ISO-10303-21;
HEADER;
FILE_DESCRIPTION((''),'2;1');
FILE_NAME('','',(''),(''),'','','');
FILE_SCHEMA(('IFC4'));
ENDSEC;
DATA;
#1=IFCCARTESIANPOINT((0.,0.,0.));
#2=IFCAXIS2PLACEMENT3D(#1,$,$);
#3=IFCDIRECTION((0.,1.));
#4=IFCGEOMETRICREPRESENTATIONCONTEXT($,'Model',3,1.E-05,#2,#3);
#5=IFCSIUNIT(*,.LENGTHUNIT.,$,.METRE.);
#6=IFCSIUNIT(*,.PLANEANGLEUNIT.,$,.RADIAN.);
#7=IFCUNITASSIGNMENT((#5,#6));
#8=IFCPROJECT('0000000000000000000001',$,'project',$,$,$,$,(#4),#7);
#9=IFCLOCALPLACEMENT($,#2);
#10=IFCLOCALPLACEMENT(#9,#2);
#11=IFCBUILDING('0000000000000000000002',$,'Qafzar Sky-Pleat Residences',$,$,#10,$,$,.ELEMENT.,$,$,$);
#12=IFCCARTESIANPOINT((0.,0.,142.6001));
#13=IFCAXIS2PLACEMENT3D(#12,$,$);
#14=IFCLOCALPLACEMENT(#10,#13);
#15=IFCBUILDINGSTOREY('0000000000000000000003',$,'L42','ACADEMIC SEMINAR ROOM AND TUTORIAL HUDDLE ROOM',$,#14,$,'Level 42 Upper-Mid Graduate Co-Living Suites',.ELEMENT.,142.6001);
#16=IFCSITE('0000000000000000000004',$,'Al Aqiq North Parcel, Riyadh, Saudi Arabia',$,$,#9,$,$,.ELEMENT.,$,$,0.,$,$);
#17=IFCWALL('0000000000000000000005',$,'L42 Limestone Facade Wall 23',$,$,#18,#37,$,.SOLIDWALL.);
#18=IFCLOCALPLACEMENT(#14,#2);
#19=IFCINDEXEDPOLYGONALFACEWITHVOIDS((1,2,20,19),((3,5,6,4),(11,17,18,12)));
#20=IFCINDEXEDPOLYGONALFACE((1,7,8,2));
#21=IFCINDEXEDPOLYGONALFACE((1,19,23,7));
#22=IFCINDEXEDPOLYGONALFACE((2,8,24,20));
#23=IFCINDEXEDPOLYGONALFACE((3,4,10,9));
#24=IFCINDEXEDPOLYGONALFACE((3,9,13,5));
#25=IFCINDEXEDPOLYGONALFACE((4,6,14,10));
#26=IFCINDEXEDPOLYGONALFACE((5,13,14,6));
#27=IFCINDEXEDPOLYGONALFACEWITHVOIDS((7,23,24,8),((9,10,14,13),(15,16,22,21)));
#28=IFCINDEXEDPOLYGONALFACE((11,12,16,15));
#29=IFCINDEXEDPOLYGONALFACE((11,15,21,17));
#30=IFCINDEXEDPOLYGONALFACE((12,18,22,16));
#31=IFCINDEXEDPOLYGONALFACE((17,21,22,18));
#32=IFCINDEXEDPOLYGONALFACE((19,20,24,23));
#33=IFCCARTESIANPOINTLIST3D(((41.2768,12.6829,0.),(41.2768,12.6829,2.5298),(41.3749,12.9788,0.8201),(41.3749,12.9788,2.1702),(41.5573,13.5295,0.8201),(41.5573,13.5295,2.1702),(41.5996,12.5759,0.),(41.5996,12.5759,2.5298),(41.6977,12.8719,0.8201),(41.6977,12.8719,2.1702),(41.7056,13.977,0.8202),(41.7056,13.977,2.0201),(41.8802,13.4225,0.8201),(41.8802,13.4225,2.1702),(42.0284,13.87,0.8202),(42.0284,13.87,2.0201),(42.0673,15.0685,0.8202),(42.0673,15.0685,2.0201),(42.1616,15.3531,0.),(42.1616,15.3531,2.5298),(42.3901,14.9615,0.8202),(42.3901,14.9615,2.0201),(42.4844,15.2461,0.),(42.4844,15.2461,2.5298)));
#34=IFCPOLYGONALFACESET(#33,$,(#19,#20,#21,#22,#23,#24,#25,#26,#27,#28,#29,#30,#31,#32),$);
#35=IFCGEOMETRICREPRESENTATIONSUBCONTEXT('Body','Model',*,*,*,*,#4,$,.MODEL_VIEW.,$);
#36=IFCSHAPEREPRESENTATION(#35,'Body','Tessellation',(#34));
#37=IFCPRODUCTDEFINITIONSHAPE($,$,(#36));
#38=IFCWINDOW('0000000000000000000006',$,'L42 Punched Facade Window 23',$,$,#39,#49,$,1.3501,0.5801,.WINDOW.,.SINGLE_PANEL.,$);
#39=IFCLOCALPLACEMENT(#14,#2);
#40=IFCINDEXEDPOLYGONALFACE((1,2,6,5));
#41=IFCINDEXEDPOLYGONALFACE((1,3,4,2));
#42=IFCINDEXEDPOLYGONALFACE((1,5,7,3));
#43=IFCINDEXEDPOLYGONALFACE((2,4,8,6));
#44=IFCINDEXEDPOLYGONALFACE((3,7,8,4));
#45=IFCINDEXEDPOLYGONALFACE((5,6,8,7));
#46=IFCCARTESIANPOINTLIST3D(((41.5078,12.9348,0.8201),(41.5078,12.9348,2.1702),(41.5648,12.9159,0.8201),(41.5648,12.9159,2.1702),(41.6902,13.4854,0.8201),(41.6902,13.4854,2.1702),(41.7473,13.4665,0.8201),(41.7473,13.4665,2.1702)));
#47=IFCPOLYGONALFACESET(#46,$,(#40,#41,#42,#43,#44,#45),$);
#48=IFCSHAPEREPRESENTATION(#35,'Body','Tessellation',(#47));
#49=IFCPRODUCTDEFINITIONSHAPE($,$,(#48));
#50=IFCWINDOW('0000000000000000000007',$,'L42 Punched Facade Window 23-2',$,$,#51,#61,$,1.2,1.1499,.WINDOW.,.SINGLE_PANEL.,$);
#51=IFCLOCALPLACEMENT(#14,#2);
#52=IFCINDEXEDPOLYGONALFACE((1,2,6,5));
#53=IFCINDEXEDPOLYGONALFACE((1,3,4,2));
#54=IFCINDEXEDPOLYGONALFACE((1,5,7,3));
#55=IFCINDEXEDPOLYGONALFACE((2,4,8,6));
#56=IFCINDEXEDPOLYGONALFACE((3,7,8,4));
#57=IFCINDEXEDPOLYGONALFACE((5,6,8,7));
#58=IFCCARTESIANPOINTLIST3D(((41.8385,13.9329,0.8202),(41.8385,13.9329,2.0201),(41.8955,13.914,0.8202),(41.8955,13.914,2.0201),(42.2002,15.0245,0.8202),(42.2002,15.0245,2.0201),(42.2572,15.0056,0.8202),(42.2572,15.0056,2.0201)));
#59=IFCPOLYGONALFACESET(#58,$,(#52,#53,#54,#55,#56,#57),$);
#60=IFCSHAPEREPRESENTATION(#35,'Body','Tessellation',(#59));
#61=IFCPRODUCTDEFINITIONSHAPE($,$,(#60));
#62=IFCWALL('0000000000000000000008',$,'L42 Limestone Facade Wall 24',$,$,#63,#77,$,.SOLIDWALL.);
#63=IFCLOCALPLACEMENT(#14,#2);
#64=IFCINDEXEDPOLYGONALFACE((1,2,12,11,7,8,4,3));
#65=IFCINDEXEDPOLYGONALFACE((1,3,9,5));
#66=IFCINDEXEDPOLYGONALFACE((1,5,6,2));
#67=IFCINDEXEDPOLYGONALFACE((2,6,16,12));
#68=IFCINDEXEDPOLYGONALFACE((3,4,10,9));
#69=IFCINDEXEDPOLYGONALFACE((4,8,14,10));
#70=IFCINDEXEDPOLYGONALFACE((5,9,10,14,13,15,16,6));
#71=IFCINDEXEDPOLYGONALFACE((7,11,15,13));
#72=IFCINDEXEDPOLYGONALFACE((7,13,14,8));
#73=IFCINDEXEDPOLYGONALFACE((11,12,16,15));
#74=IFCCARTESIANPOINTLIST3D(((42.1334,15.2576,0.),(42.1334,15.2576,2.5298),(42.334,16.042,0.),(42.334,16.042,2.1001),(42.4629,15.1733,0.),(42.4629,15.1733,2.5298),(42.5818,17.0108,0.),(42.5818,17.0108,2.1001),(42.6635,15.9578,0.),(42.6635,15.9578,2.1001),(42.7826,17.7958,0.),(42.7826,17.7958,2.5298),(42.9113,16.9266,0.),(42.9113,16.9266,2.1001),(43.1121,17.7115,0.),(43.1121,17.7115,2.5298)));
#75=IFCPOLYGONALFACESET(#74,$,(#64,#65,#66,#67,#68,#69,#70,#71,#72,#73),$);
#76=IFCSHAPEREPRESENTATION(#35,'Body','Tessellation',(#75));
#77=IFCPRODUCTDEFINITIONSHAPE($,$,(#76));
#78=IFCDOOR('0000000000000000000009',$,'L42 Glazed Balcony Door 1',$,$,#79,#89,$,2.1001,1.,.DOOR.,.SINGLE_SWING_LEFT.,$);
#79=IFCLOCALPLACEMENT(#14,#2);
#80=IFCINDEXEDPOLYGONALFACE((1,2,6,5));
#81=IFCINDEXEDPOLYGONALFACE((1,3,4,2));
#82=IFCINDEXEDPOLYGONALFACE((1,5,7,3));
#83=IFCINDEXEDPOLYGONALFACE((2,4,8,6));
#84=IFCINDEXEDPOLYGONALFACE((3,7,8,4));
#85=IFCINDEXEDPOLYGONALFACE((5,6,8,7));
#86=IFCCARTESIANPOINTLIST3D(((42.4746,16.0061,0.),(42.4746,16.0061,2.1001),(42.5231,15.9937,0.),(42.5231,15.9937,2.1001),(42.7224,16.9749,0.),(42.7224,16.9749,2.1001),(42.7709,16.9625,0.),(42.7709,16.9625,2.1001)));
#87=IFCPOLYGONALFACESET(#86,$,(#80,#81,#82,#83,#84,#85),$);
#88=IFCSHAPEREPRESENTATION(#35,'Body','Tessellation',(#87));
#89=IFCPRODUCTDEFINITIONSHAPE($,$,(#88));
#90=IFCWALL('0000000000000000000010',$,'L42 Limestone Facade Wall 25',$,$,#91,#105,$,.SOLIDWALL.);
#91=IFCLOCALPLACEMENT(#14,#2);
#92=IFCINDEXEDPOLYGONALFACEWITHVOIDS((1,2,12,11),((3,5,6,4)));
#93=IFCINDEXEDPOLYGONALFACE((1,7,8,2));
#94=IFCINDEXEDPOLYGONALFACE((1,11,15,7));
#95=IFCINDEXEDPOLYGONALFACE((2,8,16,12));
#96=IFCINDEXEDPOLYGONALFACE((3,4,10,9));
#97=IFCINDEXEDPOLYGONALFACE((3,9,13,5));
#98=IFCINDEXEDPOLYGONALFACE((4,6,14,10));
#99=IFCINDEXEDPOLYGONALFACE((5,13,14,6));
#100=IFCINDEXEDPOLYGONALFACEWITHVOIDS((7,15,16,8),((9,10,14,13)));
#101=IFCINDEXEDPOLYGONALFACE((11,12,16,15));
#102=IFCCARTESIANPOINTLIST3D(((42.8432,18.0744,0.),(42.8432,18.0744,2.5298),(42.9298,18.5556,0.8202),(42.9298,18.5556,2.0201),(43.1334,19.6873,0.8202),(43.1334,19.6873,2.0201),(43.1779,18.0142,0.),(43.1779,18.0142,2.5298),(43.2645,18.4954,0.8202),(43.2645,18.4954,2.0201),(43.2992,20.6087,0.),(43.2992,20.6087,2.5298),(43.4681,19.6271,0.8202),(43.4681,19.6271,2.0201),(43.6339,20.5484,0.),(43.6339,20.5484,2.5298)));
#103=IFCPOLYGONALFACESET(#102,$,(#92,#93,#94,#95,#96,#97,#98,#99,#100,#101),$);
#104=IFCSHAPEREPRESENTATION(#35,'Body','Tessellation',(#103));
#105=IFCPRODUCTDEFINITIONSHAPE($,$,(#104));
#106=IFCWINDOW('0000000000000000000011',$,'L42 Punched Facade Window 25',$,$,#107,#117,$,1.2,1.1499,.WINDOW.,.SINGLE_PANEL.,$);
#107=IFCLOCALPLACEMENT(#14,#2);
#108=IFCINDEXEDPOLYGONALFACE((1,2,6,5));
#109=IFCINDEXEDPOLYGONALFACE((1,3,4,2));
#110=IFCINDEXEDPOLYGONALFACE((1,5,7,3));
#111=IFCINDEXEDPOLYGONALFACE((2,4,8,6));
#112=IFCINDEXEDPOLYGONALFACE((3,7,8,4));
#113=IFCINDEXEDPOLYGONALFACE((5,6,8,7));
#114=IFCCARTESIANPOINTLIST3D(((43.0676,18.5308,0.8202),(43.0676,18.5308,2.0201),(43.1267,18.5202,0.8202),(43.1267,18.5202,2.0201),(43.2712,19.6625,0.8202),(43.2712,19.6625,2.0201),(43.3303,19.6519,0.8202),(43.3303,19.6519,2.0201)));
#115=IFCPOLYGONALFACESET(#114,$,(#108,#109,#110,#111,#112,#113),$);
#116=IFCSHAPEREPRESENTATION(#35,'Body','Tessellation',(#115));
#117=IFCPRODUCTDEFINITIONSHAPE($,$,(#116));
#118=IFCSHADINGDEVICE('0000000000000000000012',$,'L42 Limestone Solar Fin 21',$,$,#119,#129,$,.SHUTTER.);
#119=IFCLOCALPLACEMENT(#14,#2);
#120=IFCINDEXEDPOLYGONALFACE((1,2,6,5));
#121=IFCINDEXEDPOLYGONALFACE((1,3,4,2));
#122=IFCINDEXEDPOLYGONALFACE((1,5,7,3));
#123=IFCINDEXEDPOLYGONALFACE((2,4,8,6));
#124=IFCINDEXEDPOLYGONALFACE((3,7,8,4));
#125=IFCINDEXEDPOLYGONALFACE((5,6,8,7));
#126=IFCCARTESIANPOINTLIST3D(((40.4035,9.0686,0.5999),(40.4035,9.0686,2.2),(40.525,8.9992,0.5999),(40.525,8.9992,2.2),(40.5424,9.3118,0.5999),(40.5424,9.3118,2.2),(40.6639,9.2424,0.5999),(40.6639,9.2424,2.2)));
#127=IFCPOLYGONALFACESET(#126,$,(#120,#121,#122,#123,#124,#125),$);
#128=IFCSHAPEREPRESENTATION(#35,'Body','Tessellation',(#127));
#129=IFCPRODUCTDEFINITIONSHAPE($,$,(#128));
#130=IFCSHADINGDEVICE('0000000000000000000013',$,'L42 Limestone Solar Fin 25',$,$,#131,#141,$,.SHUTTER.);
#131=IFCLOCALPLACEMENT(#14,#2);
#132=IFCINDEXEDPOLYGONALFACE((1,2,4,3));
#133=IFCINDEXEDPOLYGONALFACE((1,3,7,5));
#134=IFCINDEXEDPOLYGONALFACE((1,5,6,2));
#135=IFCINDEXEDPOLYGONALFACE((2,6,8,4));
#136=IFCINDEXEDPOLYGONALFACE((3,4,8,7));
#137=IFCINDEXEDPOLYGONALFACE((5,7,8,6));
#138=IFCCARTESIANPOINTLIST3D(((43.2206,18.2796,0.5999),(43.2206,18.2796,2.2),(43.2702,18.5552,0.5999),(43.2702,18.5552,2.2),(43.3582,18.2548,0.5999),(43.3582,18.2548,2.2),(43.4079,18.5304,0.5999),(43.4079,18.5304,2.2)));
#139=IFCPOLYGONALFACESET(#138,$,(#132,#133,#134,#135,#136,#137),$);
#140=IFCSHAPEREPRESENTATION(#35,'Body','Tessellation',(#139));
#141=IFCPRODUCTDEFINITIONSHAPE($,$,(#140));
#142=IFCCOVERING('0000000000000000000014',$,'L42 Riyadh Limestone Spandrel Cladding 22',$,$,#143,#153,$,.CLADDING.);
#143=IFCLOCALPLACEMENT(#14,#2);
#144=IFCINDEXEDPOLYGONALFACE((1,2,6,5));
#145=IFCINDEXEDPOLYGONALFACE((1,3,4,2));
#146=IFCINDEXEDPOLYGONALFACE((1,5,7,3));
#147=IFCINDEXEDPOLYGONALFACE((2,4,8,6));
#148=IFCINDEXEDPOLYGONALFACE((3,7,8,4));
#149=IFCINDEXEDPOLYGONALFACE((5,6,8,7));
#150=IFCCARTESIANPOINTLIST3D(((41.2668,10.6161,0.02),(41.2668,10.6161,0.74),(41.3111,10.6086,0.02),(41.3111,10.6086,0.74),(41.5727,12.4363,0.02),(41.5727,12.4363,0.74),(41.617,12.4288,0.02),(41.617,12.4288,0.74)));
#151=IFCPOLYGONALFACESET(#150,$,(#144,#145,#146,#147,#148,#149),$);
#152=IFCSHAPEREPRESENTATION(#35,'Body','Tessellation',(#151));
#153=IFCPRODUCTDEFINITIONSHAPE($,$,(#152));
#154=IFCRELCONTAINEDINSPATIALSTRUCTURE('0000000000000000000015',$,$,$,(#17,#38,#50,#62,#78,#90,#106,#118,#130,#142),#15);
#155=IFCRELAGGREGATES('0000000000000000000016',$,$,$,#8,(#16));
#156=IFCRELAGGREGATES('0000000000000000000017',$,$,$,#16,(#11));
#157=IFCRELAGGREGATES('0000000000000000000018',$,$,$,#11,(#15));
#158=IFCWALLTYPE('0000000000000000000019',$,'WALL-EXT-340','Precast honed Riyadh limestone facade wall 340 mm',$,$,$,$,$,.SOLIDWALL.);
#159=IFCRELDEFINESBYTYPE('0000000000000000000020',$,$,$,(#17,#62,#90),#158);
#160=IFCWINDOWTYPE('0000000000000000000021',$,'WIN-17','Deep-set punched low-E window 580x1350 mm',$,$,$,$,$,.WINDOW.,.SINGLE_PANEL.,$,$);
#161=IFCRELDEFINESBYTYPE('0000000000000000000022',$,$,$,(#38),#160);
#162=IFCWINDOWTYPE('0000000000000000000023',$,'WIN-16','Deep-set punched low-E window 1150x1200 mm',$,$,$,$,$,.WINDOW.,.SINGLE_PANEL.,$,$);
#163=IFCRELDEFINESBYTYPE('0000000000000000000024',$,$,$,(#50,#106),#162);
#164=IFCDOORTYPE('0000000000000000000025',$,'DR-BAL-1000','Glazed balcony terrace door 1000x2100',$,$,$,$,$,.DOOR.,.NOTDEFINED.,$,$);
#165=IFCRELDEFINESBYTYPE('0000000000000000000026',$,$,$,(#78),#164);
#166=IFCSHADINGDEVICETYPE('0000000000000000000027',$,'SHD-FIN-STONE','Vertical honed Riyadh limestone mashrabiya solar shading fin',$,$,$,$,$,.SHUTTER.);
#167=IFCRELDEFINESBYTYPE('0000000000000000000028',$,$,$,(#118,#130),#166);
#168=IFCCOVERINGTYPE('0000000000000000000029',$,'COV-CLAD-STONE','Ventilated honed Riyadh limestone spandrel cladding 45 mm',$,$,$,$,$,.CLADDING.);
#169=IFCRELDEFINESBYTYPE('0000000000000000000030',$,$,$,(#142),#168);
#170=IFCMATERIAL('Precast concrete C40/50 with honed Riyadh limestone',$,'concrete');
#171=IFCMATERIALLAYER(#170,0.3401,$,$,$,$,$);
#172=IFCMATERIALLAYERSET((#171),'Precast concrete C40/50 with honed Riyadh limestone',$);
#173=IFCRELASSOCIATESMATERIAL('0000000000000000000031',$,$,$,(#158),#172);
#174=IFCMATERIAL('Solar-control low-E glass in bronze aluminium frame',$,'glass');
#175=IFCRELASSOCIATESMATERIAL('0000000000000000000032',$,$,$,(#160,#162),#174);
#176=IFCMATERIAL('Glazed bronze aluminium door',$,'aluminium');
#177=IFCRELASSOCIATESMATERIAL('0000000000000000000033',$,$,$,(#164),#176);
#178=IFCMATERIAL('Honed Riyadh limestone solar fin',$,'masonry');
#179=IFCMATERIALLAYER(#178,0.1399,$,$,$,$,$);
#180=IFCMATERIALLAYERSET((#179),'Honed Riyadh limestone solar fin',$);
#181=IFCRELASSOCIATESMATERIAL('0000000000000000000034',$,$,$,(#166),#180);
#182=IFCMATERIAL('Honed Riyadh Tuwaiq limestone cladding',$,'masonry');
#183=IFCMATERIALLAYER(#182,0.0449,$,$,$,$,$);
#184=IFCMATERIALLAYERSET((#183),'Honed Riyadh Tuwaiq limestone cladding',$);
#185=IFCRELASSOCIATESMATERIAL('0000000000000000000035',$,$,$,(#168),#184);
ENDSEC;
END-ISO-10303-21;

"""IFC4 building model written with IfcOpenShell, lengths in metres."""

from ifc_helpers import new_model, si_unit, direction, frame, frame_2d, origin, origin_2d, place, context, subcontext, project, spatial, rectangle, extrude, source, transform, mapped, material, layer, layer_set, type_object, element, fill, save


model = new_model("IFC4")

# Units and contexts
model_context = context("Model", 3, precision=1e-05, world=origin(), true_north=direction((0.0, 1.0)))
body_context = subcontext(model_context, "Body", "Model", "MODEL_VIEW")
ifc_project = project(units=[si_unit("LENGTHUNIT", "METRE"), si_unit("PLANEANGLEUNIT", "RADIAN")], contexts=[model_context])

# Site, building, storey
site_placement = place(None, origin())
site = spatial("IfcSite", under=ifc_project, at=site_placement, Name="Al Aqiq North Parcel, Riyadh, Saudi Arabia", CompositionType="ELEMENT", RefElevation=0.0)
building_placement = place(site_placement, origin())
building = spatial("IfcBuilding", under=site, at=building_placement, Name="Qafzar Sky-Pleat Residences", CompositionType="ELEMENT")
storey_placement = place(building_placement, frame((0.0, 0.0, 142.6001)))
storey = spatial("IfcBuildingStorey", under=building, at=storey_placement, Name="L42", Description="ACADEMIC SEMINAR ROOM AND TUTORIAL HUDDLE ROOM", LongName="Level 42 Upper-Mid Graduate Co-Living Suites", CompositionType="ELEMENT", Elevation=142.6001)

# Shared definitions
ifc_material_1 = material(Name="Precast concrete C40/50 with honed Riyadh limestone", Category="concrete")
ifc_layer_1 = layer(ifc_material_1, 0.3401)
ifc_layer_set_1 = layer_set([ifc_layer_1], Name="Precast concrete C40/50 with honed Riyadh limestone")
wall_type = type_object("IfcWallType", Name="WALL-EXT-340", Description="Precast honed Riyadh limestone facade wall 340 mm", PredefinedType="SOLIDWALL", material=ifc_layer_set_1)
ifc_material_2 = material(Name="Solar-control low-E glass in bronze aluminium frame", Category="glass")

# Wall, openings, windows
wall_1_placement = place(storey_placement, frame((41.4382, 12.6294, 0.0), z_axis=(0.0, 0.0, 1.0), x_axis=(0.314535, 0.949246, 0.0)))
wall_1 = element("IfcWall", 1, at=wall_1_placement, inside=storey, type_object=wall_type, Name="L42 Limestone Facade Wall 23", PredefinedType="SOLIDWALL", context=body_context, shape_type="SweptSolid", body=[
    extrude(rectangle(XDim=2.813, YDim=0.3401, at=frame_2d((1.4065, 0.0))), origin(), (0.0, 0.0, 1.0), 2.5298),
])
opening_1_placement = place(wall_1_placement, frame((0.3118, 0.0, 0.8201)))
opening_1 = element("IfcOpeningElement", 2, at=opening_1_placement, cuts=wall_1, PredefinedType="OPENING", context=body_context, shape_type="SweptSolid", body=[
    extrude(rectangle(XDim=0.5801, YDim=1.3501, at=frame_2d((0.29, 0.675))), frame((0.0, 0.1802, 0.0), z_axis=(0.0, -1.0, 0.0), x_axis=(1.0, 0.0, 0.0)), (0.0, 0.0, 1.0), 0.3601),
])
opening_2_placement = place(wall_1_placement, frame((1.3633, 0.0, 0.8201)))
opening_2 = element("IfcOpeningElement", 3, at=opening_2_placement, cuts=wall_1, PredefinedType="OPENING", context=body_context, shape_type="SweptSolid", body=[
    extrude(rectangle(XDim=1.1499, YDim=1.2, at=frame_2d((0.575, 0.6001))), frame((0.0, 0.1802, 0.0), z_axis=(0.0, -1.0, 0.0), x_axis=(1.0, 0.0, 0.0)), (0.0, 0.0, 1.0), 0.3601),
])
window_type_1 = type_object("IfcWindowType", Name="WIN-17", Description="Deep-set punched low-E window 580x1350 mm", PartitioningType="SINGLE_PANEL", PredefinedType="WINDOW", material=ifc_material_2)
shared_shape_1 = source(origin(), body_context, "Body", "SweptSolid", [
    extrude(rectangle(XDim=0.5801, YDim=1.3501, at=frame_2d((0.29, 0.675))), frame((0.0, 0.03, 0.0), z_axis=(0.0, -1.0, 0.0), x_axis=(1.0, 0.0, 0.0)), (0.0, 0.0, 1.0), 0.0601),
])
window_1_placement = place(opening_1_placement, origin())
window_1 = element("IfcWindow", 4, at=window_1_placement, inside=storey, type_object=window_type_1, Name="L42 Punched Facade Window 23", OverallHeight=1.3501, OverallWidth=0.5801, PartitioningType="SINGLE_PANEL", PredefinedType="WINDOW", context=body_context, shape_type="MappedRepresentation", body=[
    mapped(shared_shape_1, transform((0.0, 0.0, 0.0), x_axis=(1.0, 0.0, 0.0), y_axis=(0.0, 1.0, 0.0), z_axis=(0.0, 0.0, 1.0), scale=1.0)),
])
fill(opening_1, window_1)
window_type_2 = type_object("IfcWindowType", Name="WIN-16", Description="Deep-set punched low-E window 1150x1200 mm", PartitioningType="SINGLE_PANEL", PredefinedType="WINDOW", material=ifc_material_2)
shared_shape_2 = source(origin(), body_context, "Body", "SweptSolid", [
    extrude(rectangle(XDim=1.1499, YDim=1.2, at=frame_2d((0.575, 0.6001))), frame((0.0, 0.03, 0.0), z_axis=(0.0, -1.0, 0.0), x_axis=(1.0, 0.0, 0.0)), (0.0, 0.0, 1.0), 0.0601),
])
window_2_placement = place(opening_2_placement, origin())
window_2 = element("IfcWindow", 5, at=window_2_placement, inside=storey, type_object=window_type_2, Name="L42 Punched Facade Window 23-2", OverallHeight=1.2, OverallWidth=1.1499, PartitioningType="SINGLE_PANEL", PredefinedType="WINDOW", context=body_context, shape_type="MappedRepresentation", body=[
    mapped(shared_shape_2, transform((0.0, 0.0, 0.0), x_axis=(1.0, 0.0, 0.0), y_axis=(0.0, 1.0, 0.0), z_axis=(0.0, 0.0, 1.0), scale=1.0)),
])
fill(opening_2, window_2)

# Wall, opening, door
wall_2_placement = place(storey_placement, frame((42.2981, 15.2153, 0.0), z_axis=(0.0, 0.0, 1.0), x_axis=(0.247795, 0.968813, 0.0)))
wall_2 = element("IfcWall", 6, at=wall_2_placement, inside=storey, type_object=wall_type, Name="L42 Limestone Facade Wall 24", PredefinedType="SOLIDWALL", context=body_context, shape_type="SweptSolid", body=[
    extrude(rectangle(XDim=2.6199, YDim=0.3401, at=frame_2d((1.3101, 0.0))), origin(), (0.0, 0.0, 1.0), 2.5298),
])
opening_3_placement = place(wall_2_placement, frame((0.8098, 0.0, 0.0)))
opening_3 = element("IfcOpeningElement", 7, at=opening_3_placement, cuts=wall_2, PredefinedType="OPENING", context=body_context, shape_type="SweptSolid", body=[
    extrude(rectangle(XDim=1.0, YDim=2.1001, at=frame_2d((0.5, 1.05))), frame((0.0, 0.1802, 0.0), z_axis=(0.0, -1.0, 0.0), x_axis=(1.0, 0.0, 0.0)), (0.0, 0.0, 1.0), 0.3601),
])
ifc_material_3 = material(Name="Glazed bronze aluminium door", Category="aluminium")
door_type = type_object("IfcDoorType", Name="DR-BAL-1000", Description="Glazed balcony terrace door 1000x2100", OperationType="NOTDEFINED", PredefinedType="DOOR", material=ifc_material_3)
shared_shape_3 = source(origin(), body_context, "Body", "SweptSolid", [
    extrude(rectangle(XDim=1.0, YDim=2.1001, at=frame_2d((0.5, 1.05))), frame((0.0, 0.0249, 0.0), z_axis=(0.0, -1.0, 0.0), x_axis=(1.0, 0.0, 0.0)), (0.0, 0.0, 1.0), 0.05),
])
door_placement = place(opening_3_placement, origin())
door = element("IfcDoor", 8, at=door_placement, inside=storey, type_object=door_type, Name="L42 Glazed Balcony Door 1", OperationType="SINGLE_SWING_LEFT", OverallHeight=2.1001, OverallWidth=1.0, PredefinedType="DOOR", context=body_context, shape_type="MappedRepresentation", body=[
    mapped(shared_shape_3, transform((0.0, 0.0, 0.0), x_axis=(1.0, 0.0, 0.0), y_axis=(0.0, 1.0, 0.0), z_axis=(0.0, 0.0, 1.0), scale=1.0)),
])
fill(opening_3, door)

# Wall, opening, window
wall_3_placement = place(storey_placement, frame((43.0105, 18.0442, 0.0), z_axis=(0.0, 0.0, 1.0), x_axis=(0.177116, 0.98419, 0.0)))
wall_3 = element("IfcWall", 9, at=wall_3_placement, inside=storey, type_object=wall_type, Name="L42 Limestone Facade Wall 25", PredefinedType="SOLIDWALL", context=body_context, shape_type="SweptSolid", body=[
    extrude(rectangle(XDim=2.575, YDim=0.3401, at=frame_2d((1.2876, 0.0))), origin(), (0.0, 0.0, 1.0), 2.5298),
])
opening_4_placement = place(wall_3_placement, frame((0.489, 0.0, 0.8201)))
opening_4 = element("IfcOpeningElement", 10, at=opening_4_placement, cuts=wall_3, PredefinedType="OPENING", context=body_context, shape_type="SweptSolid", body=[
    extrude(rectangle(XDim=1.1499, YDim=1.2, at=frame_2d((0.575, 0.6001))), frame((0.0, 0.1802, 0.0), z_axis=(0.0, -1.0, 0.0), x_axis=(1.0, 0.0, 0.0)), (0.0, 0.0, 1.0), 0.3601),
])
window_3_placement = place(opening_4_placement, origin())
window_3 = element("IfcWindow", 11, at=window_3_placement, inside=storey, type_object=window_type_2, Name="L42 Punched Facade Window 25", OverallHeight=1.2, OverallWidth=1.1499, PartitioningType="SINGLE_PANEL", PredefinedType="WINDOW", context=body_context, shape_type="MappedRepresentation", body=[
    mapped(shared_shape_2, transform((0.0, 0.0, 0.0), x_axis=(1.0, 0.0, 0.0), y_axis=(0.0, 1.0, 0.0), z_axis=(0.0, 0.0, 1.0), scale=1.0)),
])
fill(opening_4, window_3)

# Shading devices
ifc_material_4 = material(Name="Honed Riyadh limestone solar fin", Category="masonry")
ifc_layer_2 = layer(ifc_material_4, 0.1399)
ifc_layer_set_2 = layer_set([ifc_layer_2], Name="Honed Riyadh limestone solar fin")
shading_device_type = type_object("IfcShadingDeviceType", Name="SHD-FIN-STONE", Description="Vertical honed Riyadh limestone mashrabiya solar shading fin", PredefinedType="SHUTTER", material=ifc_layer_set_2)
shared_shape_4 = source(origin(), body_context, "Body", "SweptSolid", [
    extrude(rectangle(XDim=0.1399, YDim=0.28, at=origin_2d()), origin(), (0.0, 0.0, 1.0), 1.6001),
])
for number, where, z_axis, x_axis, name in (
    (12, (40.5337, 9.1555, 0.5999), (0.0, 0.0, 1.0), (0.868431, -0.49581, 0.0), "L42 Limestone Solar Fin 21"),
    (13, (43.3142, 18.405, 0.5999), (0.0, 0.0, 1.0), (0.984182, -0.177162, 0.0), "L42 Limestone Solar Fin 25"),
):
    element("IfcShadingDevice", number, at=place(storey_placement, frame(where, z_axis=z_axis, x_axis=x_axis)), inside=storey, type_object=shading_device_type, Name=name, PredefinedType="SHUTTER", context=body_context, shape_type="MappedRepresentation", body=[
        mapped(shared_shape_4, transform((0.0, 0.0, 0.0), x_axis=(1.0, 0.0, 0.0), y_axis=(0.0, 1.0, 0.0), z_axis=(0.0, 0.0, 1.0), scale=1.0)),
    ])

# Covering
ifc_material_5 = material(Name="Honed Riyadh Tuwaiq limestone cladding", Category="masonry")
ifc_layer_3 = layer(ifc_material_5, 0.0449)
ifc_layer_set_3 = layer_set([ifc_layer_3], Name="Honed Riyadh Tuwaiq limestone cladding")
covering_type = type_object("IfcCoveringType", Name="COV-CLAD-STONE", Description="Ventilated honed Riyadh limestone spandrel cladding 45 mm", PredefinedType="CLADDING", material=ifc_layer_set_3)
shared_shape_5 = source(origin(), body_context, "Body", "SweptSolid", [
    extrude(rectangle(XDim=1.8457, YDim=0.0449, at=origin_2d()), origin(), (0.0, 0.0, 1.0), 0.72),
])
covering_1_placement = place(storey_placement, frame((41.4419, 11.5225, 0.02), z_axis=(0.0, 0.0, 1.0), x_axis=(0.165696, 0.986177, 0.0)))
element("IfcCovering", 14, at=covering_1_placement, inside=storey, type_object=covering_type, Name="L42 Riyadh Limestone Spandrel Cladding 22", PredefinedType="CLADDING", context=body_context, shape_type="MappedRepresentation", body=[
    mapped(shared_shape_5, transform((0.0, 0.0, 0.0), x_axis=(1.0, 0.0, 0.0), y_axis=(0.0, 1.0, 0.0), z_axis=(0.0, 0.0, 1.0), scale=1.0)),
])

save(model, "model.ifc")
